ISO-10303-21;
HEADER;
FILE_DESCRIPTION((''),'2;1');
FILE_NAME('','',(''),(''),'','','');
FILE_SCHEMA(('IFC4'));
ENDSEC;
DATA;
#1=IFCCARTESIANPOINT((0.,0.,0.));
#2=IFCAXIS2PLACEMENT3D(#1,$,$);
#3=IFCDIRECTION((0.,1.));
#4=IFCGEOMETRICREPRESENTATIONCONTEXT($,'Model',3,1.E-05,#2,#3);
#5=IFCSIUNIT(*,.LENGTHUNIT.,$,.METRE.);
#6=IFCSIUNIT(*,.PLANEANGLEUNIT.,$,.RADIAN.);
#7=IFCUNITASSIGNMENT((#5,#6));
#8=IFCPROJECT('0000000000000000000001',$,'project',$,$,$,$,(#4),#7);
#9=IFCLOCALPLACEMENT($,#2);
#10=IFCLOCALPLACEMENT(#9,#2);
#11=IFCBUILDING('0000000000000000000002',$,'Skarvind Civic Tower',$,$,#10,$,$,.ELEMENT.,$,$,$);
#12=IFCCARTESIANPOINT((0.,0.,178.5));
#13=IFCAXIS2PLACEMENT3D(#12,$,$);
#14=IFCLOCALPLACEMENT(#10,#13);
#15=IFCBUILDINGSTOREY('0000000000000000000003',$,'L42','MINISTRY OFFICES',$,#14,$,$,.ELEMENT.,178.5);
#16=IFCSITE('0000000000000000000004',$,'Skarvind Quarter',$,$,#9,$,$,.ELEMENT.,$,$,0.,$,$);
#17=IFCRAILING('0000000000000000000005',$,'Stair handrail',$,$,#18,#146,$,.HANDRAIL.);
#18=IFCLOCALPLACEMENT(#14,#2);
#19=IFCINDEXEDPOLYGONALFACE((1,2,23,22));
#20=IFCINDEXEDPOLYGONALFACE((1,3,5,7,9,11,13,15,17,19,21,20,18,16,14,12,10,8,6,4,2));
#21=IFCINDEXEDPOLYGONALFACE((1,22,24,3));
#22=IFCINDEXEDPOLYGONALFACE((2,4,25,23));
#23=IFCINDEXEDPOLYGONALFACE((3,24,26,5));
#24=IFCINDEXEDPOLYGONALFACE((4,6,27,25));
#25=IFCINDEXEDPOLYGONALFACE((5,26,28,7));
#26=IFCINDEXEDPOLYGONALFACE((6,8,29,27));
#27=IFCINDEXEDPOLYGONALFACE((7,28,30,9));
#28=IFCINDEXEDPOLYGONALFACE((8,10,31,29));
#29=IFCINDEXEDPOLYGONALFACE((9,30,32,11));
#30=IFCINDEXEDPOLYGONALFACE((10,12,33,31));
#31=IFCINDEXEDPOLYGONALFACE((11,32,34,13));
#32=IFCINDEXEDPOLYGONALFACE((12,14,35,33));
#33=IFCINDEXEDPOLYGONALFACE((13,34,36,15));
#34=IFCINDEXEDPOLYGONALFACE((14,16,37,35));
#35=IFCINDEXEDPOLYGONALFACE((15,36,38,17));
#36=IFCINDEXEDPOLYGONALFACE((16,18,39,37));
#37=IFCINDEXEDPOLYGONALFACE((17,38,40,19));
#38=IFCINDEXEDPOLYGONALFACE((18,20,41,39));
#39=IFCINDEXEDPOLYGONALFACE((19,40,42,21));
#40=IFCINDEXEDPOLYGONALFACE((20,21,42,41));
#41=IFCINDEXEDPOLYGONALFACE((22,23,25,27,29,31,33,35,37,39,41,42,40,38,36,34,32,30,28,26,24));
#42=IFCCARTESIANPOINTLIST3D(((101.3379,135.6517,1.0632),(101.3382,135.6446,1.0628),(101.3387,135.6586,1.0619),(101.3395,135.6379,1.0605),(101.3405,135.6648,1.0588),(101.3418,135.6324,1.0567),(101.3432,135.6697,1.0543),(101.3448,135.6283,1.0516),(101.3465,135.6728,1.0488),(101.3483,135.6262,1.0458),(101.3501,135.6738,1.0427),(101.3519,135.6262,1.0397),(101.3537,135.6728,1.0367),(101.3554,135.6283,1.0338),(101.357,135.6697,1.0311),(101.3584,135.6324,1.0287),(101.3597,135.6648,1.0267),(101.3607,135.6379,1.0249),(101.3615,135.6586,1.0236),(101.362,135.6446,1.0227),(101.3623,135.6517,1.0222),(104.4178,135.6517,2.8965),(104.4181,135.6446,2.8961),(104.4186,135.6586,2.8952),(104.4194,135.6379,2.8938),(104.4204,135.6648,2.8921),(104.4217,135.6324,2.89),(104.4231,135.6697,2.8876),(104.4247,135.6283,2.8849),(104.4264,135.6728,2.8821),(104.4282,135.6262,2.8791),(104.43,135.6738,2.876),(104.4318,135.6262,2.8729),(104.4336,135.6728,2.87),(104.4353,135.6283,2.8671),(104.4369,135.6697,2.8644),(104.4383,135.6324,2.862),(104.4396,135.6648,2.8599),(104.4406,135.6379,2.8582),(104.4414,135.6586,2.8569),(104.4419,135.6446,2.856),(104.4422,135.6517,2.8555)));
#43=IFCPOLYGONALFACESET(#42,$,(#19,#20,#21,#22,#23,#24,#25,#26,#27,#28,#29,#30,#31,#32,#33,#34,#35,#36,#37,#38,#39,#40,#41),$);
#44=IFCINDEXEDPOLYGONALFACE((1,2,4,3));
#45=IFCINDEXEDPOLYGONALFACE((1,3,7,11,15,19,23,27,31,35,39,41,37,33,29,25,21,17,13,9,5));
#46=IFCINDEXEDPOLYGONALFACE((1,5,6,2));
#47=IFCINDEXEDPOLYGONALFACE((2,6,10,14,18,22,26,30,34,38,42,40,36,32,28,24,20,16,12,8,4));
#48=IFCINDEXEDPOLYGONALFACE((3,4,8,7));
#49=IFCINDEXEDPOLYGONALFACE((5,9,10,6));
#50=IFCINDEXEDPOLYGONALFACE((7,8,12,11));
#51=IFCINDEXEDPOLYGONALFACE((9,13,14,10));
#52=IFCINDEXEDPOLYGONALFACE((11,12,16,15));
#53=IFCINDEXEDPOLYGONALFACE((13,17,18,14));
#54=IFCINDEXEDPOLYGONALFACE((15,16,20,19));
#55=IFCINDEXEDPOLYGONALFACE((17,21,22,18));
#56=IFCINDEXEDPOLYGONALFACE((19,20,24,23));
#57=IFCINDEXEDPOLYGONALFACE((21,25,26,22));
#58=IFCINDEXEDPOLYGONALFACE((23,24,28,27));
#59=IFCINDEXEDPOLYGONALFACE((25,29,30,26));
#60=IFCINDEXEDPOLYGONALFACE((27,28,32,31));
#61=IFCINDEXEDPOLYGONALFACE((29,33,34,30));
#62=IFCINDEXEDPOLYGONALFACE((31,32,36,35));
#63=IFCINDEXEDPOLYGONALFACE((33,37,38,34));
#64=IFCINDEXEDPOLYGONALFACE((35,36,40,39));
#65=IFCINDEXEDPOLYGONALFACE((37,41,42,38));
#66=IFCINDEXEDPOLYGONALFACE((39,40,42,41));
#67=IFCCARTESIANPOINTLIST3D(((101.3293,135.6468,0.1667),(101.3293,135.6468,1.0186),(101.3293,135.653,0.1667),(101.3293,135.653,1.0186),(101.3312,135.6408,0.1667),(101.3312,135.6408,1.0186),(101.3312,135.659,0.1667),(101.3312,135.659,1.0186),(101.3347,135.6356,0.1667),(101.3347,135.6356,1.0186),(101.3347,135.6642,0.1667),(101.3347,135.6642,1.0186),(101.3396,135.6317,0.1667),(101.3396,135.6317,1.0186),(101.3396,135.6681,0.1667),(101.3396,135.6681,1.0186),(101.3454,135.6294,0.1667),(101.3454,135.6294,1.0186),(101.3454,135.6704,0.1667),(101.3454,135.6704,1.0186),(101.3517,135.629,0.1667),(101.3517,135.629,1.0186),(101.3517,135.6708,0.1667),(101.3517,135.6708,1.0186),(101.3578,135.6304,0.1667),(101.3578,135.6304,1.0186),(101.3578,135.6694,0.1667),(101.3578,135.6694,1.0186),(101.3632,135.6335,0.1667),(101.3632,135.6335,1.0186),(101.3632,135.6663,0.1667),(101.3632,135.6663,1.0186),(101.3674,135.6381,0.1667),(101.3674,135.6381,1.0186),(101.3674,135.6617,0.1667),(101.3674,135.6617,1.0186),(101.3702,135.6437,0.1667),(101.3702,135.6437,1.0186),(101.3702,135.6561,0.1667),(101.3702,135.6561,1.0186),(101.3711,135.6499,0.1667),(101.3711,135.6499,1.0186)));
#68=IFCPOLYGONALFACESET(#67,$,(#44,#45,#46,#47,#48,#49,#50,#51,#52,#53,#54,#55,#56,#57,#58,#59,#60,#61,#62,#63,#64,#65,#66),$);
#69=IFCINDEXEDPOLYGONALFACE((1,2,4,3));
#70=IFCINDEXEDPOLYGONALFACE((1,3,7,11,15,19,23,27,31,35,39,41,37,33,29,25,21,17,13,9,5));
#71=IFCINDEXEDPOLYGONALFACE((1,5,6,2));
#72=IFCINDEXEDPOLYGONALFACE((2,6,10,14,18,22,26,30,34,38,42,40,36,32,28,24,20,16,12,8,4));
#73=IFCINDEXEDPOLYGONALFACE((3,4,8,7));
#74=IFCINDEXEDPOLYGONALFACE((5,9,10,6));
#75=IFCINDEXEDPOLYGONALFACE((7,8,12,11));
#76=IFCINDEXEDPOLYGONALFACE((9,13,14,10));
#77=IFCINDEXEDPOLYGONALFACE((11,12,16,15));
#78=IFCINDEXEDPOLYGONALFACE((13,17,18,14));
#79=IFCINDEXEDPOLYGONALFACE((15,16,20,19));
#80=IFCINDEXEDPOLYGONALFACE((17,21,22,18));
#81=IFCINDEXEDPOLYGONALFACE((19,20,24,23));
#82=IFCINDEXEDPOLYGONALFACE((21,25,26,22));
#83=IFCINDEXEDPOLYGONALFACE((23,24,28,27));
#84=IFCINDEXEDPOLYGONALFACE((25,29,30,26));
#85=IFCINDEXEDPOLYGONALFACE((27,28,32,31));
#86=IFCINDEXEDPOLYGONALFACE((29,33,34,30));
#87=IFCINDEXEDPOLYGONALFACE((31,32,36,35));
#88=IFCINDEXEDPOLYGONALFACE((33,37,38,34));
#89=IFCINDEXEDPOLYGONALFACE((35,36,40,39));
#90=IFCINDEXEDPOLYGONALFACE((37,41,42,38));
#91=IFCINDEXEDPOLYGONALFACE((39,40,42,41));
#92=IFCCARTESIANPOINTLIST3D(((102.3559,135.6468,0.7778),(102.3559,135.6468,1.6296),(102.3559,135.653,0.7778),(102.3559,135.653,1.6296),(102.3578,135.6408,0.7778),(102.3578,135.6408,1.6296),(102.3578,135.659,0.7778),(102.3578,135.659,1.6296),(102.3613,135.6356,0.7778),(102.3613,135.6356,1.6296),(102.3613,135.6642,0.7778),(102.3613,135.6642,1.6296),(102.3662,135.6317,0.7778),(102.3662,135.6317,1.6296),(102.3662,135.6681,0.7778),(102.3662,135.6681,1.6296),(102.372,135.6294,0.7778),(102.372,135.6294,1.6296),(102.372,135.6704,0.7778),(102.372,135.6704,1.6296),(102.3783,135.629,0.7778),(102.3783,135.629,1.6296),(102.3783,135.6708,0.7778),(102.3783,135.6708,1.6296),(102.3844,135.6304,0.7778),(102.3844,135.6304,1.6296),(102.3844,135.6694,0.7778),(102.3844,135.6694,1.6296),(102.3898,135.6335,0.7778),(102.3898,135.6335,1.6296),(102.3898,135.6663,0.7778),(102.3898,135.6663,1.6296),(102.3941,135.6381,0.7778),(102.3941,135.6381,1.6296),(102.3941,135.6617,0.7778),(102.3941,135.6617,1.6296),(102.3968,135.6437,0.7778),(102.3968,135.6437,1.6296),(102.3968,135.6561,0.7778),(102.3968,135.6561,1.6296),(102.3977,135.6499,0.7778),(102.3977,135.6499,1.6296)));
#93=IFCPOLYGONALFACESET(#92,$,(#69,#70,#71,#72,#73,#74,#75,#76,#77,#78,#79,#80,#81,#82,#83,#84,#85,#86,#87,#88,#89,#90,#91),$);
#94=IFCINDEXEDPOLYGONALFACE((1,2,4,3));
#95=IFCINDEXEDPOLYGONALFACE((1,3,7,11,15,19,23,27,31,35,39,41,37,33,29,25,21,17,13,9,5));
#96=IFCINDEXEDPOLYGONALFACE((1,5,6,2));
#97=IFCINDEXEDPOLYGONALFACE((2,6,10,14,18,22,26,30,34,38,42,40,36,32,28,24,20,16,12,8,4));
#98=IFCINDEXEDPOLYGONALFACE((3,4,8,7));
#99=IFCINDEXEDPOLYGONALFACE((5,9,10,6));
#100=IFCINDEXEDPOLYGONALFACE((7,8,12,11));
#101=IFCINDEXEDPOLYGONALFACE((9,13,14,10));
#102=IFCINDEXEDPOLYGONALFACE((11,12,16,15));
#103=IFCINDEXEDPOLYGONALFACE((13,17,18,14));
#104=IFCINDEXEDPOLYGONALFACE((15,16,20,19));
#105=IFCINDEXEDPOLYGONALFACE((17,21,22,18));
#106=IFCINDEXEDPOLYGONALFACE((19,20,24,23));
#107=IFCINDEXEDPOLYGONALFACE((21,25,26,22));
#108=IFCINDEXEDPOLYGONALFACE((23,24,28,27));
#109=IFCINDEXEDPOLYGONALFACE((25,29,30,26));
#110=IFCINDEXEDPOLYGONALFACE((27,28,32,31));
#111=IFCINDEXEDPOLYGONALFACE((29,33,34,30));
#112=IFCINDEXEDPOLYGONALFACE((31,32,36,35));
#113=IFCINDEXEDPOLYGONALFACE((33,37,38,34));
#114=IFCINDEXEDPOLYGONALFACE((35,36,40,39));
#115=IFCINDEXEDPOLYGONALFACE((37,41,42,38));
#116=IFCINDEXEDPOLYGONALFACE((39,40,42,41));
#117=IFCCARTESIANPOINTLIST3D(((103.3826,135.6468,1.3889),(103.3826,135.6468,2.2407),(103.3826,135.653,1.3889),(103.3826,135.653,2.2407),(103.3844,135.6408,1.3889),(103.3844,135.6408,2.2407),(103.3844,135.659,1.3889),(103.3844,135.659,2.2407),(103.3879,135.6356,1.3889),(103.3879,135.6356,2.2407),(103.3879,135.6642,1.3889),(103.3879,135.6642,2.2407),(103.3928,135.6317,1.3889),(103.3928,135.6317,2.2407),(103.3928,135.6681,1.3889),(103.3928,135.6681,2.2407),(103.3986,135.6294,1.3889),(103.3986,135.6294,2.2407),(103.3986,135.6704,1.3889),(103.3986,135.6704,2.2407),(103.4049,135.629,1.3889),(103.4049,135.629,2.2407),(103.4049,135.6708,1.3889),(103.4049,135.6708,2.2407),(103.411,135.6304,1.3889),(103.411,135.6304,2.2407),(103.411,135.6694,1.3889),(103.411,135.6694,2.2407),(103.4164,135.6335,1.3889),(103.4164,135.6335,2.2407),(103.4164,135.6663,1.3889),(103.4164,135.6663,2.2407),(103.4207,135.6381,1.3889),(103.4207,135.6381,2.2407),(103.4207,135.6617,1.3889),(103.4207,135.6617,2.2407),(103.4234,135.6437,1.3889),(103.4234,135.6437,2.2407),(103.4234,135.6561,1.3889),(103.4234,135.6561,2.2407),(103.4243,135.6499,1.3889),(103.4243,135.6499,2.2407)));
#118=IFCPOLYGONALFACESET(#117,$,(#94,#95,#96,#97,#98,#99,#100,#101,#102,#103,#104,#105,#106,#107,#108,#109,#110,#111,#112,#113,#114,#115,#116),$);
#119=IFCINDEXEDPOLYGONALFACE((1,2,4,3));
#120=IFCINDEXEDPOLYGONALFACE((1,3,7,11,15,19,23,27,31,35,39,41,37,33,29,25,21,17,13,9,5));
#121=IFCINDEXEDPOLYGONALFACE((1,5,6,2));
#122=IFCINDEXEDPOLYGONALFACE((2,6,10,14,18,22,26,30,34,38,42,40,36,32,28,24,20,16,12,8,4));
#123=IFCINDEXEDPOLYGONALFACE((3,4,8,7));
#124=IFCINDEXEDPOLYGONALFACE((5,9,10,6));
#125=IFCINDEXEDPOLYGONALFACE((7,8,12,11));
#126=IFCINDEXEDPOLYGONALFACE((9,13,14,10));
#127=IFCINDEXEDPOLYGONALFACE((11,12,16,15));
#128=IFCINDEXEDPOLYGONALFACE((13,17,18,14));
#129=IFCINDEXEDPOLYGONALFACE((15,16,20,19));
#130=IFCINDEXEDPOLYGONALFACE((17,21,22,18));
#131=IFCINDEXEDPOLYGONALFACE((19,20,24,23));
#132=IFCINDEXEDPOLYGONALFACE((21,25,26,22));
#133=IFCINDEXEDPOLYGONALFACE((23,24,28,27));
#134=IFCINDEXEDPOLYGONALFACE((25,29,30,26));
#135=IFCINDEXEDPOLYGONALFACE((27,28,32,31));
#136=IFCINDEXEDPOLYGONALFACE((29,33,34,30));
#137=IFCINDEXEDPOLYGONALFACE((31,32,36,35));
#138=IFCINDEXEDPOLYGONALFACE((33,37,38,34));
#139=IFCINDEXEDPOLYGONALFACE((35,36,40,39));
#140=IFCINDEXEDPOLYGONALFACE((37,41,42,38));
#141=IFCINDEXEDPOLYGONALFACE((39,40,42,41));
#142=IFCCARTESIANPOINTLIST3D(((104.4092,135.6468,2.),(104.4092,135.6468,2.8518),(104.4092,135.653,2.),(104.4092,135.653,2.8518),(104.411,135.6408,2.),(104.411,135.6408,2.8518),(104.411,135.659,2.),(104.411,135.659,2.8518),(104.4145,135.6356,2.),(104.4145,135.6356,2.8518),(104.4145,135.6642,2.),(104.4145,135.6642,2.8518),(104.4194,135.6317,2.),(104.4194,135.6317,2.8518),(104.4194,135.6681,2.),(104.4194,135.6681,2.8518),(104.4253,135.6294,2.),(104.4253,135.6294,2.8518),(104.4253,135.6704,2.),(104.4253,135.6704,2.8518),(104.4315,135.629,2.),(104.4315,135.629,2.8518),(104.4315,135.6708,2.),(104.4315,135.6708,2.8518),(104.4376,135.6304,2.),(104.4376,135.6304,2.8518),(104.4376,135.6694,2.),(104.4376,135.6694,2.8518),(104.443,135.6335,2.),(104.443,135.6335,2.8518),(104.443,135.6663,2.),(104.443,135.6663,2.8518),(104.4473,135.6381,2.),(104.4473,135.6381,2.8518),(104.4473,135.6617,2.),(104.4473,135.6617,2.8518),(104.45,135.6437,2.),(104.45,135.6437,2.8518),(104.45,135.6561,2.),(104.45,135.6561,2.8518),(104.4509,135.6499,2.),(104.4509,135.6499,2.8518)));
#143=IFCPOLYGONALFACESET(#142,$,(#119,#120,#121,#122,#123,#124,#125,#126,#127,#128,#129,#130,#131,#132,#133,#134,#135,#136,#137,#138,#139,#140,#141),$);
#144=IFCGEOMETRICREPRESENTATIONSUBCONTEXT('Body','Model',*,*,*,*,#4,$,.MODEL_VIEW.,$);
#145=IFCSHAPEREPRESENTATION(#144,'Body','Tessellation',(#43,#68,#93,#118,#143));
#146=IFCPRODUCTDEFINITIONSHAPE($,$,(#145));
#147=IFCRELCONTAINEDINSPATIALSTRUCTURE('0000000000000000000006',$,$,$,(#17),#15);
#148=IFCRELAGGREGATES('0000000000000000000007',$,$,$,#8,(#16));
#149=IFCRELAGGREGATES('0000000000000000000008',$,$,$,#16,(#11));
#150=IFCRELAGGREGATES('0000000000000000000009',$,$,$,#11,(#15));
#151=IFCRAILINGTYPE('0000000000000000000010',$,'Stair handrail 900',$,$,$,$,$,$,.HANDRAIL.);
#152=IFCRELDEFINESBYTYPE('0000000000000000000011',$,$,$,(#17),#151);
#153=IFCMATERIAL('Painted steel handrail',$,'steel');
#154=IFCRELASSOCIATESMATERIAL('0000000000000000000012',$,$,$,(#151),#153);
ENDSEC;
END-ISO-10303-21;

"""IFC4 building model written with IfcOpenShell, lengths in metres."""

from ifc_helpers import new_model, si_unit, direction, frame, origin, origin_2d, place, context, subcontext, project, spatial, circle, extrude, material, type_object, element, save


model = new_model("IFC4")

# Units and contexts
model_context = context("Model", 3, precision=1e-05, world=origin(), true_north=direction((0.0, 1.0)))
body_context = subcontext(model_context, "Body", "Model", "MODEL_VIEW")
ifc_project = project(units=[si_unit("LENGTHUNIT", "METRE"), si_unit("PLANEANGLEUNIT", "RADIAN")], contexts=[model_context])

# Site, building, storey
site_placement = place(None, origin())
site = spatial("IfcSite", under=ifc_project, at=site_placement, Name="Skarvind Quarter", CompositionType="ELEMENT", RefElevation=0.0)
building_placement = place(site_placement, origin())
building = spatial("IfcBuilding", under=site, at=building_placement, Name="Skarvind Civic Tower", CompositionType="ELEMENT")
storey_placement = place(building_placement, frame((0.0, 0.0, 178.5)))
storey = spatial("IfcBuildingStorey", under=building, at=storey_placement, Name="L42", Description="MINISTRY OFFICES", CompositionType="ELEMENT", Elevation=178.5)

# Railing
ifc_material_1 = material(Name="Painted steel handrail", Category="steel")
railing_type = type_object("IfcRailingType", Name="Stair handrail 900", PredefinedType="HANDRAIL", material=ifc_material_1)
railing_1_placement = place(storey_placement, frame((101.3501, 135.6499, 0.1667)))
element("IfcRailing", 1, at=railing_1_placement, inside=storey, type_object=railing_type, Name="Stair handrail", PredefinedType="HANDRAIL", context=body_context, shape_type="SweptSolid", body=[
    extrude(circle(Radius=0.0239, at=origin_2d()), frame((0.0, 0.0, 0.876), z_axis=(0.859291, 0.0, 0.511487), x_axis=(0.0, 1.0, 0.0)), (0.0, 0.0, 1.0), 3.5842),
    extrude(circle(Radius=0.021, at=origin_2d()), origin(), (0.0, 0.0, 1.0), 0.8518),
    extrude(circle(Radius=0.021, at=origin_2d()), frame((1.0266, 0.0, 0.6111)), (0.0, 0.0, 1.0), 0.8518),
    extrude(circle(Radius=0.021, at=origin_2d()), frame((2.0532, 0.0, 1.2222)), (0.0, 0.0, 1.0), 0.8518),
    extrude(circle(Radius=0.021, at=origin_2d()), frame((3.0798, 0.0, 1.8333)), (0.0, 0.0, 1.0), 0.8518),
])

save(model, "model.ifc")
